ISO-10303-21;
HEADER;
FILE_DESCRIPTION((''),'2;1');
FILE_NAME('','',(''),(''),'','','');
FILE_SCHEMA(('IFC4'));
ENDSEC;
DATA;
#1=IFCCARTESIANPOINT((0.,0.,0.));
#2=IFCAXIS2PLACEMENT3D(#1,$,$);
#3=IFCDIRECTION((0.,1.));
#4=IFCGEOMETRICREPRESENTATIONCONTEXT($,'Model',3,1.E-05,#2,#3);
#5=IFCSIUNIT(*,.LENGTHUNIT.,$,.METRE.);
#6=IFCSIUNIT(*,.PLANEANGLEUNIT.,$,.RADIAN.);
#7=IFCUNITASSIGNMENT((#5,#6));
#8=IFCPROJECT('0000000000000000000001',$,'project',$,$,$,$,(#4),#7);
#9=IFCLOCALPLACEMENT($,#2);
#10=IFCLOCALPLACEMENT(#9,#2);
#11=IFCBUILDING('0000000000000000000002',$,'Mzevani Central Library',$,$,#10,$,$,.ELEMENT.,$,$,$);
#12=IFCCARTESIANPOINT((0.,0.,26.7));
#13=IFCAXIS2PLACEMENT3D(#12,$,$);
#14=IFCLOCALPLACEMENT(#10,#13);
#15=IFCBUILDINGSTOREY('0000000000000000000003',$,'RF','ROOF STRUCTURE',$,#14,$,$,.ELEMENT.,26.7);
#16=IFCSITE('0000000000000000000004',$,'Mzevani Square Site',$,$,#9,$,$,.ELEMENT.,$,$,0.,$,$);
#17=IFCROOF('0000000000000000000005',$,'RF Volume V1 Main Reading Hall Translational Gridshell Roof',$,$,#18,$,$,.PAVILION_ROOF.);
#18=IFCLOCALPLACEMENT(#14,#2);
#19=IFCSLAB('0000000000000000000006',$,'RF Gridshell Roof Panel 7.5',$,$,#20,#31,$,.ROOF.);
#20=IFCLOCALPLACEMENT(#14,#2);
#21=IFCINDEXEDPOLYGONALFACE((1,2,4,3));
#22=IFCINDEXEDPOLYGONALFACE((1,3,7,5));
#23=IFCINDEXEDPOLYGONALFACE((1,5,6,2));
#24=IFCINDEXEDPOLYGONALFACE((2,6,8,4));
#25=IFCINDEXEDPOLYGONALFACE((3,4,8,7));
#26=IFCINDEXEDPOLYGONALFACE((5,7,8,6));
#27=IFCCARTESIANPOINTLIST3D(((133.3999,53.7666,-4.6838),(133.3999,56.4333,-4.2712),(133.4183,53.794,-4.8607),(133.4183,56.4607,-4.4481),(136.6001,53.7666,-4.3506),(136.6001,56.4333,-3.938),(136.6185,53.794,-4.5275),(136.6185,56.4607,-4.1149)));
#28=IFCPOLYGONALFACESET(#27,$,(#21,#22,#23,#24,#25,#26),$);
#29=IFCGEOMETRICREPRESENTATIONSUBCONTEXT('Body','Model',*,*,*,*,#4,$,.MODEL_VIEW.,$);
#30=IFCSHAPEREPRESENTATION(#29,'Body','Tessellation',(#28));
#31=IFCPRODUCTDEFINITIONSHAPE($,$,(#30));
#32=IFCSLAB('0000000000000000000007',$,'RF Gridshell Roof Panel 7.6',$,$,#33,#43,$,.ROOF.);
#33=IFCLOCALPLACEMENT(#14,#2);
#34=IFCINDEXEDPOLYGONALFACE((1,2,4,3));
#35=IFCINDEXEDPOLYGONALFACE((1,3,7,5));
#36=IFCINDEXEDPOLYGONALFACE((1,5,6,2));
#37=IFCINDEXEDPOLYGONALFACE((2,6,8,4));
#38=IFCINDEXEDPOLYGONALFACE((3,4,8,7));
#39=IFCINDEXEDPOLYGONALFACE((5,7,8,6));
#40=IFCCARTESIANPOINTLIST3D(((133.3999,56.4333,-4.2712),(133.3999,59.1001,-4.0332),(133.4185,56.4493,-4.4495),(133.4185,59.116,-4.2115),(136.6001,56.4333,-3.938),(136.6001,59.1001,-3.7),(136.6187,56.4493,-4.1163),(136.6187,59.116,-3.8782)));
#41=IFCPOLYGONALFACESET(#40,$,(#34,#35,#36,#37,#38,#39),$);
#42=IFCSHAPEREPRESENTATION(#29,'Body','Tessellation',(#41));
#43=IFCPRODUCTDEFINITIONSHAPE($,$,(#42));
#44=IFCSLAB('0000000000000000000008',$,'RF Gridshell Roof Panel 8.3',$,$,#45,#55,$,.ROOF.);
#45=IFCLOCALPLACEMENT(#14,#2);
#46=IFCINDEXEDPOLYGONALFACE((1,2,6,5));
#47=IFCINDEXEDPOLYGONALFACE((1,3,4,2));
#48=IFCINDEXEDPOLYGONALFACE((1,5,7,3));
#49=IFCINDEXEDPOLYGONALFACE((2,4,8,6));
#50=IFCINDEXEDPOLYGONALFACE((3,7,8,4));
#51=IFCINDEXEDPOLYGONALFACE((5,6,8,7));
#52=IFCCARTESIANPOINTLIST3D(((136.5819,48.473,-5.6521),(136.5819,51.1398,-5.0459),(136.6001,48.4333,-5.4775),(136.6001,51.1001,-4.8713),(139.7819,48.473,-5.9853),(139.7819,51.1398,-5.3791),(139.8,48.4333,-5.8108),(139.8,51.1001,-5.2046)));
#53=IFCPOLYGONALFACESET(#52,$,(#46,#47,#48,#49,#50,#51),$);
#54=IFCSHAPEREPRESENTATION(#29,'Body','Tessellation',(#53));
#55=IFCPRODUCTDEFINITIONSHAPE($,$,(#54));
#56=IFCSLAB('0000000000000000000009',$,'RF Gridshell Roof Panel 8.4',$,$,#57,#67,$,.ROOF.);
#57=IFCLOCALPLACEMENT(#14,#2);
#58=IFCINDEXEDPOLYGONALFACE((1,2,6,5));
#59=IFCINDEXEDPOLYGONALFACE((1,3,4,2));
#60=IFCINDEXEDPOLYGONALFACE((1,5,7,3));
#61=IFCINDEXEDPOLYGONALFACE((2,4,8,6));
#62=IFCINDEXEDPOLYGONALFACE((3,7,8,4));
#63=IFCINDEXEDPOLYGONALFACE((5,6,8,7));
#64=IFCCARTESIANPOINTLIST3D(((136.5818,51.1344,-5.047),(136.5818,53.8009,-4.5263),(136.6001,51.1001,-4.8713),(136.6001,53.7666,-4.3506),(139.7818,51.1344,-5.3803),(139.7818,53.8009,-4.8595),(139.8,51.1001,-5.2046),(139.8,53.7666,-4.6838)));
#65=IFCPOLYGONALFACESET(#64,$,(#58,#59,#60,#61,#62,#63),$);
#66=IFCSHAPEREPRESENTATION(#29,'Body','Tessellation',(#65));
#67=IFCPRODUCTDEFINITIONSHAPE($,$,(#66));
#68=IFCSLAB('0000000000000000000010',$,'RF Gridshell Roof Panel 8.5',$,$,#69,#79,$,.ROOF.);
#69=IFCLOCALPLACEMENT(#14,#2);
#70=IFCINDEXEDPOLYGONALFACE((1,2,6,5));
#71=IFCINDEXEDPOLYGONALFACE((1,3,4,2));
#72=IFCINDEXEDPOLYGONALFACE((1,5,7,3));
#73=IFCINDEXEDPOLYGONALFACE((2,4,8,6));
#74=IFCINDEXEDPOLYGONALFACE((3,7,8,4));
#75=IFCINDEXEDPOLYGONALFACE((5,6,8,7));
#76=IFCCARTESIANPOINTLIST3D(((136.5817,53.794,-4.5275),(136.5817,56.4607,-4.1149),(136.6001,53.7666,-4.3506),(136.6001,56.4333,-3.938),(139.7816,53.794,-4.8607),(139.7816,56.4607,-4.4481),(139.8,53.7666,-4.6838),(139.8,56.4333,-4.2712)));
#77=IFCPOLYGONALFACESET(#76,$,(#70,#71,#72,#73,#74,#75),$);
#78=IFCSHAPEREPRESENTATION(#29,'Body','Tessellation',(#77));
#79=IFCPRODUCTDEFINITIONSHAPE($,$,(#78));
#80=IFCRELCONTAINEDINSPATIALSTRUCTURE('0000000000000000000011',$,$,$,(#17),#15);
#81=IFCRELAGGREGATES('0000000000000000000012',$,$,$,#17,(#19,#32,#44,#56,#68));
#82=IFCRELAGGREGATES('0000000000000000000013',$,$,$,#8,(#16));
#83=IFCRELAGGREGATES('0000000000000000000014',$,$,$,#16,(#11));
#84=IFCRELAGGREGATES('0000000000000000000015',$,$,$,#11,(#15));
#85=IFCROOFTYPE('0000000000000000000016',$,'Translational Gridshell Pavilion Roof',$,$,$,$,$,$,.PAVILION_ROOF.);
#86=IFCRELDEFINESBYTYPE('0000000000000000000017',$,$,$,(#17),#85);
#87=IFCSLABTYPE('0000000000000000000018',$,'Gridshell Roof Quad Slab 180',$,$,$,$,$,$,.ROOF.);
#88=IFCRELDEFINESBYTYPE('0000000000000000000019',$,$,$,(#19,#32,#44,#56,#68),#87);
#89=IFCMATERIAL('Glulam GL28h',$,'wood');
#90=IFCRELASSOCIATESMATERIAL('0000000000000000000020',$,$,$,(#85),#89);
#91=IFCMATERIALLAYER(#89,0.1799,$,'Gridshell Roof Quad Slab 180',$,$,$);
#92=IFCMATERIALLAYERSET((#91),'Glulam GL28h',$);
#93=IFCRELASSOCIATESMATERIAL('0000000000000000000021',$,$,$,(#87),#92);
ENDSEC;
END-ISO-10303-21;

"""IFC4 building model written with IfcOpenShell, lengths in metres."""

from ifc_helpers import new_model, si_unit, direction, frame, origin, place, context, subcontext, project, spatial, polyline, outline, extrude, material, layer, layer_set, type_object, element, aggregate, save


model = new_model("IFC4")

# Units and contexts
model_context = context("Model", 3, precision=1e-05, world=origin(), true_north=direction((0.0, 1.0)))
body_context = subcontext(model_context, "Body", "Model", "MODEL_VIEW")
ifc_project = project(units=[si_unit("LENGTHUNIT", "METRE"), si_unit("PLANEANGLEUNIT", "RADIAN")], contexts=[model_context])

# Site, building, storey
site_placement = place(None, origin())
site = spatial("IfcSite", under=ifc_project, at=site_placement, Name="Mzevani Square Site", CompositionType="ELEMENT", RefElevation=0.0)
building_placement = place(site_placement, origin())
building = spatial("IfcBuilding", under=site, at=building_placement, Name="Mzevani Central Library", CompositionType="ELEMENT")
storey_placement = place(building_placement, frame((0.0, 0.0, 26.7)))
storey = spatial("IfcBuildingStorey", under=building, at=storey_placement, Name="RF", Description="ROOF STRUCTURE", CompositionType="ELEMENT", Elevation=26.7)

# Shared definitions
ifc_material_1 = material(Name="Glulam GL28h", Category="wood")

# Roof, slabs
roof_type = type_object("IfcRoofType", Name="Translational Gridshell Pavilion Roof", PredefinedType="PAVILION_ROOF", material=ifc_material_1)
roof_placement = place(storey_placement, origin())
roof = element("IfcRoof", 1, at=roof_placement, inside=storey, type_object=roof_type, Name="RF Volume V1 Main Reading Hall Translational Gridshell Roof", PredefinedType="PAVILION_ROOF")
ifc_layer_1 = layer(ifc_material_1, 0.1799, Name="Gridshell Roof Quad Slab 180")
ifc_layer_set_1 = layer_set([ifc_layer_1], Name="Glulam GL28h")
slab_type = type_object("IfcSlabType", Name="Gridshell Roof Quad Slab 180", PredefinedType="ROOF", material=ifc_layer_set_1)
slab_1_placement = place(storey_placement, frame((133.3999, 53.7666, -4.6838), z_axis=(-0.10237, -0.152097, 0.98305), x_axis=(0.994622, 0.0, 0.103575)))
slab_1 = element("IfcSlab", 2, at=slab_1_placement, type_object=slab_type, Name="RF Gridshell Roof Panel 7.5", PredefinedType="ROOF", context=body_context, shape_type="SweptSolid", body=[
    extrude(outline(polyline([(0.0, 0.0), (3.2175, 0.0), (3.2602, 2.6981), (0.0427, 2.6981), (0.0, 0.0)])), origin(), (0.0, 0.0, -1.0), 0.1799),
])
slab_2_placement = place(storey_placement, frame((133.3999, 56.4333, -4.2712), z_axis=(-0.103169, -0.088433, 0.990725), x_axis=(0.994622, 0.0, 0.103575)))
slab_2 = element("IfcSlab", 3, at=slab_2_placement, type_object=slab_type, Name="RF Gridshell Roof Panel 7.6", PredefinedType="ROOF", context=body_context, shape_type="SweptSolid", body=[
    extrude(outline(polyline([(0.0, 0.0), (3.2175, 0.0), (3.2422, 2.6772), (0.0247, 2.6772), (0.0, 0.0)])), origin(), (0.0, 0.0, -1.0), 0.1799),
])
slab_3_placement = place(storey_placement, frame((136.6001, 48.4333, -5.4775), z_axis=(0.101032, -0.220529, 0.970134), x_axis=(0.994621, 0.0, -0.103583)))
slab_3 = element("IfcSlab", 4, at=slab_3_placement, type_object=slab_type, Name="RF Gridshell Roof Panel 8.3", PredefinedType="ROOF", context=body_context, shape_type="SweptSolid", body=[
    extrude(outline(polyline([(0.0, 0.0), (3.2173, 0.0), (3.1545, 2.7341), (-0.0628, 2.7341), (0.0, 0.0)])), origin(), (0.0, 0.0, -1.0), 0.1799),
])
slab_4_placement = place(storey_placement, frame((136.6001, 51.1001, -4.8713), z_axis=(0.101682, -0.190679, 0.976372), x_axis=(0.994621, 0.0, -0.103583)))
slab_4 = element("IfcSlab", 5, at=slab_4_placement, type_object=slab_type, Name="RF Gridshell Roof Panel 8.4", PredefinedType="ROOF", context=body_context, shape_type="SweptSolid", body=[
    extrude(outline(polyline([(0.0, 0.0), (3.2173, 0.0), (3.1633, 2.7163), (-0.0539, 2.7163), (0.0, 0.0)])), origin(), (0.0, 0.0, -1.0), 0.1799),
])
slab_5_placement = place(storey_placement, frame((136.6001, 53.7666, -4.3506), z_axis=(0.102378, -0.152097, 0.983049), x_axis=(0.994621, 0.0, -0.103583)))
slab_5 = element("IfcSlab", 6, at=slab_5_placement, type_object=slab_type, Name="RF Gridshell Roof Panel 8.5", PredefinedType="ROOF", context=body_context, shape_type="SweptSolid", body=[
    extrude(outline(polyline([(0.0, 0.0), (3.2173, 0.0), (3.1745, 2.6981), (-0.0427, 2.6981), (0.0, 0.0)])), origin(), (0.0, 0.0, -1.0), 0.1799),
])
aggregate(roof, [slab_1, slab_2, slab_3, slab_4, slab_5])

save(model, "model.ifc")
